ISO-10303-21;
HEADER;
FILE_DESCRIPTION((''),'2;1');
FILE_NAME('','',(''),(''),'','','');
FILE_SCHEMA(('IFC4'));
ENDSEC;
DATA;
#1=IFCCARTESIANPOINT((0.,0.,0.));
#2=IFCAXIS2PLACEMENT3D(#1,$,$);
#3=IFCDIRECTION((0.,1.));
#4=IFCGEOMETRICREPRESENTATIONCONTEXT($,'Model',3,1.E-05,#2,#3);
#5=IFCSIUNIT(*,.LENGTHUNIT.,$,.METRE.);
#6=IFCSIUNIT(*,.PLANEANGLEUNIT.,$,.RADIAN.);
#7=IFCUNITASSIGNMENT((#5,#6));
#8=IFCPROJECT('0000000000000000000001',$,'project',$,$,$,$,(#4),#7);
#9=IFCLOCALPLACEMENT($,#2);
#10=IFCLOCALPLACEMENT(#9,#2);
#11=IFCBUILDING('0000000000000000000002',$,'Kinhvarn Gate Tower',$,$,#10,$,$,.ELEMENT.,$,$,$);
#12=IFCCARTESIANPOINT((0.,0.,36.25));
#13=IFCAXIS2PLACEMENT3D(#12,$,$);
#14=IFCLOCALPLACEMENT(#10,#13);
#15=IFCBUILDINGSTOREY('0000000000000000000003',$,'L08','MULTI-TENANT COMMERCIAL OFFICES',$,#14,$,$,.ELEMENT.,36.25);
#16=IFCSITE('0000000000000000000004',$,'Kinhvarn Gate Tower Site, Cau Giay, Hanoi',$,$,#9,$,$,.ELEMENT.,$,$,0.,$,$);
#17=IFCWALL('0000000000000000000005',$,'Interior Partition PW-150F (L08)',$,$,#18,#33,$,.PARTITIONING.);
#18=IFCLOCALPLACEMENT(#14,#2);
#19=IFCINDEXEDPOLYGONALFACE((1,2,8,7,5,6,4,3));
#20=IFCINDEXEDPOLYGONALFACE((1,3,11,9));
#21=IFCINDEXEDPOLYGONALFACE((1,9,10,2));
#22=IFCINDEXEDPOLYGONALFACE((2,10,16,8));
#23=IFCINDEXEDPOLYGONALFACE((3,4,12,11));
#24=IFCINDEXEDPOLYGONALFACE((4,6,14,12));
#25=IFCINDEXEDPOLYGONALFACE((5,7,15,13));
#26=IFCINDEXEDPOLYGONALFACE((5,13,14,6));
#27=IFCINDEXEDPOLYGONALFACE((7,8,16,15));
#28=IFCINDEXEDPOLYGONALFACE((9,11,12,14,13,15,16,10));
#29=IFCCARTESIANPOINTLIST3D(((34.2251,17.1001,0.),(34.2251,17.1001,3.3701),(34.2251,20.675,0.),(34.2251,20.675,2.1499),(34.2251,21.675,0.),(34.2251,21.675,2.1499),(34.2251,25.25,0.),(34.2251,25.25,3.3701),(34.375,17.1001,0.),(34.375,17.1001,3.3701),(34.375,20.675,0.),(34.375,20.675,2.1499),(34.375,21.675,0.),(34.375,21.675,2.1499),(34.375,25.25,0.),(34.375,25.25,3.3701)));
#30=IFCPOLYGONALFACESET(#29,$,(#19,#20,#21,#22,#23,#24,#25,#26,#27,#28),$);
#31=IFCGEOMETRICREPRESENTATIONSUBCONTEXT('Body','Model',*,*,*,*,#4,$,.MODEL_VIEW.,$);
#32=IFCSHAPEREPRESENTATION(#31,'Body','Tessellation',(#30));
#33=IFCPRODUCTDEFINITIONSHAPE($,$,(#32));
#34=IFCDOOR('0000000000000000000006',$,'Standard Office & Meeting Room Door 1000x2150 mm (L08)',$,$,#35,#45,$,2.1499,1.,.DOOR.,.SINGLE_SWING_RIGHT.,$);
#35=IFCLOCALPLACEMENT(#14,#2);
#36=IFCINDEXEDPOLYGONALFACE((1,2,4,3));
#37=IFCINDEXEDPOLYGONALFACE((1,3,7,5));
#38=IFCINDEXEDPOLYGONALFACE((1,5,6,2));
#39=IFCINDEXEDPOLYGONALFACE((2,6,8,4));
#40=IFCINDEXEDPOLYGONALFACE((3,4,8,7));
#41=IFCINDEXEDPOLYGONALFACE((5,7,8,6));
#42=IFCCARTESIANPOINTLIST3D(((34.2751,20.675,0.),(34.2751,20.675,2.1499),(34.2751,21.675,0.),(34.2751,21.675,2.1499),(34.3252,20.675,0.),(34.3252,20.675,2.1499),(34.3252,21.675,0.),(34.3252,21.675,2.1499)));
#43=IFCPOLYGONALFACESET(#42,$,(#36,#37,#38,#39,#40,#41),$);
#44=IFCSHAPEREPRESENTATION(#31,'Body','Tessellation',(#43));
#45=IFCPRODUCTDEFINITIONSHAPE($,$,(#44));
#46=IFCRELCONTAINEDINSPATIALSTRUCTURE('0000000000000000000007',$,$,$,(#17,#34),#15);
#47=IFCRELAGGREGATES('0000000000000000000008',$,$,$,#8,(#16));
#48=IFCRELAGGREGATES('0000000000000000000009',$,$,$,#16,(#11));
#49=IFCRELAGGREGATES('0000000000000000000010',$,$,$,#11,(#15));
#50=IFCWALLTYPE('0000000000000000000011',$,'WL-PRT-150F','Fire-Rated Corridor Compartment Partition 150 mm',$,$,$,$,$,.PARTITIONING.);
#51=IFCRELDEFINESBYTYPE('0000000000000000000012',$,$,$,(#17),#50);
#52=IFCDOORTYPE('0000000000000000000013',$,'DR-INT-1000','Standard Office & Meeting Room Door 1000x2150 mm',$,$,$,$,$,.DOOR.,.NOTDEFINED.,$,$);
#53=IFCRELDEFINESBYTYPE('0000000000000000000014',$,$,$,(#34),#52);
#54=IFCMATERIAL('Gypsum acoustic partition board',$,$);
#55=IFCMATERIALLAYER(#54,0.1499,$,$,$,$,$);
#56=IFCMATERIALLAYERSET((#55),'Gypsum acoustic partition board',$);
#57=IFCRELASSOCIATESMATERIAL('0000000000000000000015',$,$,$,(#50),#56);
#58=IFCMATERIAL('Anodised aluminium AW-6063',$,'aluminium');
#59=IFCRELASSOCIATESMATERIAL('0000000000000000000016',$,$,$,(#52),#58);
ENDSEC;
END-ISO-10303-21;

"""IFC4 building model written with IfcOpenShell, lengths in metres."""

from ifc_helpers import new_model, si_unit, direction, frame, frame_2d, origin, place, context, subcontext, project, spatial, rectangle, extrude, material, layer, layer_set, type_object, element, fill, save


model = new_model("IFC4")

# Units and contexts
model_context = context("Model", 3, precision=1e-05, world=origin(), true_north=direction((0.0, 1.0)))
body_context = subcontext(model_context, "Body", "Model", "MODEL_VIEW")
ifc_project = project(units=[si_unit("LENGTHUNIT", "METRE"), si_unit("PLANEANGLEUNIT", "RADIAN")], contexts=[model_context])

# Site, building, storey
site_placement = place(None, origin())
site = spatial("IfcSite", under=ifc_project, at=site_placement, Name="Kinhvarn Gate Tower Site, Cau Giay, Hanoi", CompositionType="ELEMENT", RefElevation=0.0)
building_placement = place(site_placement, origin())
building = spatial("IfcBuilding", under=site, at=building_placement, Name="Kinhvarn Gate Tower", CompositionType="ELEMENT")
storey_placement = place(building_placement, frame((0.0, 0.0, 36.25)))
storey = spatial("IfcBuildingStorey", under=building, at=storey_placement, Name="L08", Description="MULTI-TENANT COMMERCIAL OFFICES", CompositionType="ELEMENT", Elevation=36.25)

# Shared definitions
ifc_material_1 = material(Name="Gypsum acoustic partition board")

# Shared definitions
ifc_material_2 = material(Name="Anodised aluminium AW-6063", Category="aluminium")
ifc_layer_1 = layer(ifc_material_1, 0.1499)
ifc_layer_set_1 = layer_set([ifc_layer_1], Name="Gypsum acoustic partition board")
wall_type_1 = type_object("IfcWallType", Name="WL-PRT-150F", Description="Fire-Rated Corridor Compartment Partition 150 mm", PredefinedType="PARTITIONING", material=ifc_layer_set_1)
door_type_1 = type_object("IfcDoorType", Name="DR-INT-1000", Description="Standard Office & Meeting Room Door 1000x2150 mm", OperationType="NOTDEFINED", PredefinedType="DOOR", material=ifc_material_2)

# Wall, opening, door
wall_1_placement = place(storey_placement, frame((34.3, 17.1001, 0.0), z_axis=(0.0, 0.0, 1.0), x_axis=(0.0, 1.0, 0.0)))
wall_1 = element("IfcWall", 1, at=wall_1_placement, inside=storey, type_object=wall_type_1, Name="Interior Partition PW-150F (L08)", PredefinedType="PARTITIONING", context=body_context, shape_type="SweptSolid", body=[
    extrude(rectangle(XDim=8.1499, YDim=0.1499, at=frame_2d((4.075, 0.0))), origin(), (0.0, 0.0, 1.0), 3.3701),
])
opening_1_placement = place(wall_1_placement, frame((3.575, 0.0, 0.0)))
opening_1 = element("IfcOpeningElement", 2, at=opening_1_placement, cuts=wall_1, PredefinedType="OPENING", context=body_context, shape_type="SweptSolid", body=[
    extrude(rectangle(XDim=1.0, YDim=2.1499, at=frame_2d((0.5, 1.075))), frame((0.0, 0.085, 0.0), z_axis=(0.0, -1.0, 0.0), x_axis=(1.0, 0.0, 0.0)), (0.0, 0.0, 1.0), 0.1699),
])
door_1_placement = place(opening_1_placement, origin())
door_1 = element("IfcDoor", 3, at=door_1_placement, inside=storey, type_object=door_type_1, Name="Standard Office & Meeting Room Door 1000x2150 mm (L08)", OperationType="SINGLE_SWING_RIGHT", OverallHeight=2.1499, OverallWidth=1.0, PredefinedType="DOOR", context=body_context, shape_type="SweptSolid", body=[
    extrude(rectangle(XDim=1.0, YDim=2.1499, at=frame_2d((0.5, 1.075))), frame((0.0, 0.0249, 0.0), z_axis=(0.0, -1.0, 0.0), x_axis=(1.0, 0.0, 0.0)), (0.0, 0.0, 1.0), 0.05),
])
fill(opening_1, door_1)

save(model, "model.ifc")
